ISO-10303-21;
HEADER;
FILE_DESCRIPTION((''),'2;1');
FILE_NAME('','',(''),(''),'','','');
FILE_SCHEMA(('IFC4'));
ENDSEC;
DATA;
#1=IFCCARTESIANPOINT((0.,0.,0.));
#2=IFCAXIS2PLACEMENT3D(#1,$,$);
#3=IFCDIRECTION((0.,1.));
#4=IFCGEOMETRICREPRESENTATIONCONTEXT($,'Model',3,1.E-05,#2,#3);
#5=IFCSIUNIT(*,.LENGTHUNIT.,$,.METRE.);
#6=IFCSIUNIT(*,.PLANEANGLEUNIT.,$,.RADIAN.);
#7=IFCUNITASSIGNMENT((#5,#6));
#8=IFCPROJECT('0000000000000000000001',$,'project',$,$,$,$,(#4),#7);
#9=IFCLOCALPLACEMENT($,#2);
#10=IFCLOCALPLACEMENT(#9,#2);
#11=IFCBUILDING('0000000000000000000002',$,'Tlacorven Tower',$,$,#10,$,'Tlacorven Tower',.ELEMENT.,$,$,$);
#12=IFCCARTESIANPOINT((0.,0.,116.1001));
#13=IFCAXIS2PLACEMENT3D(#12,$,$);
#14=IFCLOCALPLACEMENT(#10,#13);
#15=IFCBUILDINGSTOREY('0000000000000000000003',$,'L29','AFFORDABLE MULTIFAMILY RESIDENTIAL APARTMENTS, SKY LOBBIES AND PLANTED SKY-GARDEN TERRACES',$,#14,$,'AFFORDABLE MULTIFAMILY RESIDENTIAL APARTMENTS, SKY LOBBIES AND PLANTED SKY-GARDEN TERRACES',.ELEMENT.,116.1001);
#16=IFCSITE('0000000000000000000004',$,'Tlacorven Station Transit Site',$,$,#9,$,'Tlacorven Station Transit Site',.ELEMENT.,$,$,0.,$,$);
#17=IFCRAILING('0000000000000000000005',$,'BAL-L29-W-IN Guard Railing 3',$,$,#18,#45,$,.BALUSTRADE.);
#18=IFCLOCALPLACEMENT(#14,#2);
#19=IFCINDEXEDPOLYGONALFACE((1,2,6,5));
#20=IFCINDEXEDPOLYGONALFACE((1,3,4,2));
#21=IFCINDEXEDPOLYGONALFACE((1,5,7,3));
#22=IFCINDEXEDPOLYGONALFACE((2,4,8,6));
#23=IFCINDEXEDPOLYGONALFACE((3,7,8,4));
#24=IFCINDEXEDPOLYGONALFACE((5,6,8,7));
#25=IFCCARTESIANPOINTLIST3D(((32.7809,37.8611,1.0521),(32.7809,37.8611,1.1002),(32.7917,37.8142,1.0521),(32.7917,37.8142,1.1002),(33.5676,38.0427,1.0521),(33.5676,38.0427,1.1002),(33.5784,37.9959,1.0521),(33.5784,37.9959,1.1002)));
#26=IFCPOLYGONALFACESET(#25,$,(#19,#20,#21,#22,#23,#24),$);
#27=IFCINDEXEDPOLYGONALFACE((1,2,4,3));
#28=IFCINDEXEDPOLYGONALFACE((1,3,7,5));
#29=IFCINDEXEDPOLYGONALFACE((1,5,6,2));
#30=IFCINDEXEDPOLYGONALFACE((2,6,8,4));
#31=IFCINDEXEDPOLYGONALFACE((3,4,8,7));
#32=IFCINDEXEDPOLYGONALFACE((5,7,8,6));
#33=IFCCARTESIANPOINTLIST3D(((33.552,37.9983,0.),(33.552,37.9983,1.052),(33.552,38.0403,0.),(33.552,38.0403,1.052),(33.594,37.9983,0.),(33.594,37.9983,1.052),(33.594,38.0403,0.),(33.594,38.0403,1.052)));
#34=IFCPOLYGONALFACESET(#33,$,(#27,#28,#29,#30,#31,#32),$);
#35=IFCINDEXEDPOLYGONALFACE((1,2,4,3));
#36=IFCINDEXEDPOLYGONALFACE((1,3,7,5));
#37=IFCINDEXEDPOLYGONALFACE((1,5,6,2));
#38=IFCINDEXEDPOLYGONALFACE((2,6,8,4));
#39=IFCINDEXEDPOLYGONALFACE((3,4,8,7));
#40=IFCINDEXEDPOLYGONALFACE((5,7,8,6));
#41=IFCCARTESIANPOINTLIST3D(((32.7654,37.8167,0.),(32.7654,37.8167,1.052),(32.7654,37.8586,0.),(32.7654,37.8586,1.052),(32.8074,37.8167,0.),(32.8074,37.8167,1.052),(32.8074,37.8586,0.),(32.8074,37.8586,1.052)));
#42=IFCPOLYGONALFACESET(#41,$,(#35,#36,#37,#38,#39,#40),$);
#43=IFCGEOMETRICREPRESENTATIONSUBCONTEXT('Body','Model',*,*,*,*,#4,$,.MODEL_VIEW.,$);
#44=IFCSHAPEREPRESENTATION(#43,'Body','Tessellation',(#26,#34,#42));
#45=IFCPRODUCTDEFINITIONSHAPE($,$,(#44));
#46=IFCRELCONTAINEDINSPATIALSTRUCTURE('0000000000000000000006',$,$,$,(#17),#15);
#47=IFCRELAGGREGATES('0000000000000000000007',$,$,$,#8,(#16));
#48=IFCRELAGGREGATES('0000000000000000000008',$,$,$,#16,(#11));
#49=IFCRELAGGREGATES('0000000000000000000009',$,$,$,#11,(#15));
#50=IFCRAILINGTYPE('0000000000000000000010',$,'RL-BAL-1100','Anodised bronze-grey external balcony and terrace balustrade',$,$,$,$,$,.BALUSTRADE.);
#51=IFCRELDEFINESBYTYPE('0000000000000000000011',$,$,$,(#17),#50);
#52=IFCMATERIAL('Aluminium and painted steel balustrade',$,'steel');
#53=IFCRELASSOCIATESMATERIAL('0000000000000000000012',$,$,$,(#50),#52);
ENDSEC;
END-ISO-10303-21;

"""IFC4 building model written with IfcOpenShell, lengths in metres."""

from ifc_helpers import new_model, si_unit, direction, frame, origin, origin_2d, place, context, subcontext, project, spatial, rectangle, extrude, source, transform, mapped, material, type_object, element, save


model = new_model("IFC4")

# Units and contexts
model_context = context("Model", 3, precision=1e-05, world=origin(), true_north=direction((0.0, 1.0)))
body_context = subcontext(model_context, "Body", "Model", "MODEL_VIEW")
ifc_project = project(units=[si_unit("LENGTHUNIT", "METRE"), si_unit("PLANEANGLEUNIT", "RADIAN")], contexts=[model_context])

# Site, building, storey
site_placement = place(None, origin())
site = spatial("IfcSite", under=ifc_project, at=site_placement, Name="Tlacorven Station Transit Site", LongName="Tlacorven Station Transit Site", CompositionType="ELEMENT", RefElevation=0.0)
building_placement = place(site_placement, origin())
building = spatial("IfcBuilding", under=site, at=building_placement, Name="Tlacorven Tower", LongName="Tlacorven Tower", CompositionType="ELEMENT")
storey_placement = place(building_placement, frame((0.0, 0.0, 116.1001)))
storey = spatial("IfcBuildingStorey", under=building, at=storey_placement, Name="L29", Description="AFFORDABLE MULTIFAMILY RESIDENTIAL APARTMENTS, SKY LOBBIES AND PLANTED SKY-GARDEN TERRACES", LongName="AFFORDABLE MULTIFAMILY RESIDENTIAL APARTMENTS, SKY LOBBIES AND PLANTED SKY-GARDEN TERRACES", CompositionType="ELEMENT", Elevation=116.1001)

# Railing
ifc_material_1 = material(Name="Aluminium and painted steel balustrade", Category="steel")
railing_type = type_object("IfcRailingType", Name="RL-BAL-1100", Description="Anodised bronze-grey external balcony and terrace balustrade", PredefinedType="BALUSTRADE", material=ifc_material_1)
shared_shape_1 = source(origin(), body_context, "Body", "SweptSolid", [
    extrude(rectangle(XDim=0.0481, YDim=0.0481, at=origin_2d()), frame((0.0, 0.0, 1.0762), z_axis=(-0.974361, -0.224992, 0.0), x_axis=(0.224992, -0.974361, 0.0)), (0.0, 0.0, 1.0), 0.8074),
    extrude(rectangle(XDim=0.042, YDim=0.042, at=origin_2d()), origin(), (0.0, 0.0, 1.0), 1.052),
    extrude(rectangle(XDim=0.042, YDim=0.042, at=origin_2d()), frame((-0.7866, -0.1816, 0.0)), (0.0, 0.0, 1.0), 1.052),
])
railing_1_placement = place(storey_placement, frame((33.573, 38.0193, 0.0)))
element("IfcRailing", 1, at=railing_1_placement, inside=storey, type_object=railing_type, Name="BAL-L29-W-IN Guard Railing 3", PredefinedType="BALUSTRADE", context=body_context, shape_type="MappedRepresentation", body=[
    mapped(shared_shape_1, transform((0.0, 0.0, 0.0), scale=1.0)),
])

save(model, "model.ifc")
